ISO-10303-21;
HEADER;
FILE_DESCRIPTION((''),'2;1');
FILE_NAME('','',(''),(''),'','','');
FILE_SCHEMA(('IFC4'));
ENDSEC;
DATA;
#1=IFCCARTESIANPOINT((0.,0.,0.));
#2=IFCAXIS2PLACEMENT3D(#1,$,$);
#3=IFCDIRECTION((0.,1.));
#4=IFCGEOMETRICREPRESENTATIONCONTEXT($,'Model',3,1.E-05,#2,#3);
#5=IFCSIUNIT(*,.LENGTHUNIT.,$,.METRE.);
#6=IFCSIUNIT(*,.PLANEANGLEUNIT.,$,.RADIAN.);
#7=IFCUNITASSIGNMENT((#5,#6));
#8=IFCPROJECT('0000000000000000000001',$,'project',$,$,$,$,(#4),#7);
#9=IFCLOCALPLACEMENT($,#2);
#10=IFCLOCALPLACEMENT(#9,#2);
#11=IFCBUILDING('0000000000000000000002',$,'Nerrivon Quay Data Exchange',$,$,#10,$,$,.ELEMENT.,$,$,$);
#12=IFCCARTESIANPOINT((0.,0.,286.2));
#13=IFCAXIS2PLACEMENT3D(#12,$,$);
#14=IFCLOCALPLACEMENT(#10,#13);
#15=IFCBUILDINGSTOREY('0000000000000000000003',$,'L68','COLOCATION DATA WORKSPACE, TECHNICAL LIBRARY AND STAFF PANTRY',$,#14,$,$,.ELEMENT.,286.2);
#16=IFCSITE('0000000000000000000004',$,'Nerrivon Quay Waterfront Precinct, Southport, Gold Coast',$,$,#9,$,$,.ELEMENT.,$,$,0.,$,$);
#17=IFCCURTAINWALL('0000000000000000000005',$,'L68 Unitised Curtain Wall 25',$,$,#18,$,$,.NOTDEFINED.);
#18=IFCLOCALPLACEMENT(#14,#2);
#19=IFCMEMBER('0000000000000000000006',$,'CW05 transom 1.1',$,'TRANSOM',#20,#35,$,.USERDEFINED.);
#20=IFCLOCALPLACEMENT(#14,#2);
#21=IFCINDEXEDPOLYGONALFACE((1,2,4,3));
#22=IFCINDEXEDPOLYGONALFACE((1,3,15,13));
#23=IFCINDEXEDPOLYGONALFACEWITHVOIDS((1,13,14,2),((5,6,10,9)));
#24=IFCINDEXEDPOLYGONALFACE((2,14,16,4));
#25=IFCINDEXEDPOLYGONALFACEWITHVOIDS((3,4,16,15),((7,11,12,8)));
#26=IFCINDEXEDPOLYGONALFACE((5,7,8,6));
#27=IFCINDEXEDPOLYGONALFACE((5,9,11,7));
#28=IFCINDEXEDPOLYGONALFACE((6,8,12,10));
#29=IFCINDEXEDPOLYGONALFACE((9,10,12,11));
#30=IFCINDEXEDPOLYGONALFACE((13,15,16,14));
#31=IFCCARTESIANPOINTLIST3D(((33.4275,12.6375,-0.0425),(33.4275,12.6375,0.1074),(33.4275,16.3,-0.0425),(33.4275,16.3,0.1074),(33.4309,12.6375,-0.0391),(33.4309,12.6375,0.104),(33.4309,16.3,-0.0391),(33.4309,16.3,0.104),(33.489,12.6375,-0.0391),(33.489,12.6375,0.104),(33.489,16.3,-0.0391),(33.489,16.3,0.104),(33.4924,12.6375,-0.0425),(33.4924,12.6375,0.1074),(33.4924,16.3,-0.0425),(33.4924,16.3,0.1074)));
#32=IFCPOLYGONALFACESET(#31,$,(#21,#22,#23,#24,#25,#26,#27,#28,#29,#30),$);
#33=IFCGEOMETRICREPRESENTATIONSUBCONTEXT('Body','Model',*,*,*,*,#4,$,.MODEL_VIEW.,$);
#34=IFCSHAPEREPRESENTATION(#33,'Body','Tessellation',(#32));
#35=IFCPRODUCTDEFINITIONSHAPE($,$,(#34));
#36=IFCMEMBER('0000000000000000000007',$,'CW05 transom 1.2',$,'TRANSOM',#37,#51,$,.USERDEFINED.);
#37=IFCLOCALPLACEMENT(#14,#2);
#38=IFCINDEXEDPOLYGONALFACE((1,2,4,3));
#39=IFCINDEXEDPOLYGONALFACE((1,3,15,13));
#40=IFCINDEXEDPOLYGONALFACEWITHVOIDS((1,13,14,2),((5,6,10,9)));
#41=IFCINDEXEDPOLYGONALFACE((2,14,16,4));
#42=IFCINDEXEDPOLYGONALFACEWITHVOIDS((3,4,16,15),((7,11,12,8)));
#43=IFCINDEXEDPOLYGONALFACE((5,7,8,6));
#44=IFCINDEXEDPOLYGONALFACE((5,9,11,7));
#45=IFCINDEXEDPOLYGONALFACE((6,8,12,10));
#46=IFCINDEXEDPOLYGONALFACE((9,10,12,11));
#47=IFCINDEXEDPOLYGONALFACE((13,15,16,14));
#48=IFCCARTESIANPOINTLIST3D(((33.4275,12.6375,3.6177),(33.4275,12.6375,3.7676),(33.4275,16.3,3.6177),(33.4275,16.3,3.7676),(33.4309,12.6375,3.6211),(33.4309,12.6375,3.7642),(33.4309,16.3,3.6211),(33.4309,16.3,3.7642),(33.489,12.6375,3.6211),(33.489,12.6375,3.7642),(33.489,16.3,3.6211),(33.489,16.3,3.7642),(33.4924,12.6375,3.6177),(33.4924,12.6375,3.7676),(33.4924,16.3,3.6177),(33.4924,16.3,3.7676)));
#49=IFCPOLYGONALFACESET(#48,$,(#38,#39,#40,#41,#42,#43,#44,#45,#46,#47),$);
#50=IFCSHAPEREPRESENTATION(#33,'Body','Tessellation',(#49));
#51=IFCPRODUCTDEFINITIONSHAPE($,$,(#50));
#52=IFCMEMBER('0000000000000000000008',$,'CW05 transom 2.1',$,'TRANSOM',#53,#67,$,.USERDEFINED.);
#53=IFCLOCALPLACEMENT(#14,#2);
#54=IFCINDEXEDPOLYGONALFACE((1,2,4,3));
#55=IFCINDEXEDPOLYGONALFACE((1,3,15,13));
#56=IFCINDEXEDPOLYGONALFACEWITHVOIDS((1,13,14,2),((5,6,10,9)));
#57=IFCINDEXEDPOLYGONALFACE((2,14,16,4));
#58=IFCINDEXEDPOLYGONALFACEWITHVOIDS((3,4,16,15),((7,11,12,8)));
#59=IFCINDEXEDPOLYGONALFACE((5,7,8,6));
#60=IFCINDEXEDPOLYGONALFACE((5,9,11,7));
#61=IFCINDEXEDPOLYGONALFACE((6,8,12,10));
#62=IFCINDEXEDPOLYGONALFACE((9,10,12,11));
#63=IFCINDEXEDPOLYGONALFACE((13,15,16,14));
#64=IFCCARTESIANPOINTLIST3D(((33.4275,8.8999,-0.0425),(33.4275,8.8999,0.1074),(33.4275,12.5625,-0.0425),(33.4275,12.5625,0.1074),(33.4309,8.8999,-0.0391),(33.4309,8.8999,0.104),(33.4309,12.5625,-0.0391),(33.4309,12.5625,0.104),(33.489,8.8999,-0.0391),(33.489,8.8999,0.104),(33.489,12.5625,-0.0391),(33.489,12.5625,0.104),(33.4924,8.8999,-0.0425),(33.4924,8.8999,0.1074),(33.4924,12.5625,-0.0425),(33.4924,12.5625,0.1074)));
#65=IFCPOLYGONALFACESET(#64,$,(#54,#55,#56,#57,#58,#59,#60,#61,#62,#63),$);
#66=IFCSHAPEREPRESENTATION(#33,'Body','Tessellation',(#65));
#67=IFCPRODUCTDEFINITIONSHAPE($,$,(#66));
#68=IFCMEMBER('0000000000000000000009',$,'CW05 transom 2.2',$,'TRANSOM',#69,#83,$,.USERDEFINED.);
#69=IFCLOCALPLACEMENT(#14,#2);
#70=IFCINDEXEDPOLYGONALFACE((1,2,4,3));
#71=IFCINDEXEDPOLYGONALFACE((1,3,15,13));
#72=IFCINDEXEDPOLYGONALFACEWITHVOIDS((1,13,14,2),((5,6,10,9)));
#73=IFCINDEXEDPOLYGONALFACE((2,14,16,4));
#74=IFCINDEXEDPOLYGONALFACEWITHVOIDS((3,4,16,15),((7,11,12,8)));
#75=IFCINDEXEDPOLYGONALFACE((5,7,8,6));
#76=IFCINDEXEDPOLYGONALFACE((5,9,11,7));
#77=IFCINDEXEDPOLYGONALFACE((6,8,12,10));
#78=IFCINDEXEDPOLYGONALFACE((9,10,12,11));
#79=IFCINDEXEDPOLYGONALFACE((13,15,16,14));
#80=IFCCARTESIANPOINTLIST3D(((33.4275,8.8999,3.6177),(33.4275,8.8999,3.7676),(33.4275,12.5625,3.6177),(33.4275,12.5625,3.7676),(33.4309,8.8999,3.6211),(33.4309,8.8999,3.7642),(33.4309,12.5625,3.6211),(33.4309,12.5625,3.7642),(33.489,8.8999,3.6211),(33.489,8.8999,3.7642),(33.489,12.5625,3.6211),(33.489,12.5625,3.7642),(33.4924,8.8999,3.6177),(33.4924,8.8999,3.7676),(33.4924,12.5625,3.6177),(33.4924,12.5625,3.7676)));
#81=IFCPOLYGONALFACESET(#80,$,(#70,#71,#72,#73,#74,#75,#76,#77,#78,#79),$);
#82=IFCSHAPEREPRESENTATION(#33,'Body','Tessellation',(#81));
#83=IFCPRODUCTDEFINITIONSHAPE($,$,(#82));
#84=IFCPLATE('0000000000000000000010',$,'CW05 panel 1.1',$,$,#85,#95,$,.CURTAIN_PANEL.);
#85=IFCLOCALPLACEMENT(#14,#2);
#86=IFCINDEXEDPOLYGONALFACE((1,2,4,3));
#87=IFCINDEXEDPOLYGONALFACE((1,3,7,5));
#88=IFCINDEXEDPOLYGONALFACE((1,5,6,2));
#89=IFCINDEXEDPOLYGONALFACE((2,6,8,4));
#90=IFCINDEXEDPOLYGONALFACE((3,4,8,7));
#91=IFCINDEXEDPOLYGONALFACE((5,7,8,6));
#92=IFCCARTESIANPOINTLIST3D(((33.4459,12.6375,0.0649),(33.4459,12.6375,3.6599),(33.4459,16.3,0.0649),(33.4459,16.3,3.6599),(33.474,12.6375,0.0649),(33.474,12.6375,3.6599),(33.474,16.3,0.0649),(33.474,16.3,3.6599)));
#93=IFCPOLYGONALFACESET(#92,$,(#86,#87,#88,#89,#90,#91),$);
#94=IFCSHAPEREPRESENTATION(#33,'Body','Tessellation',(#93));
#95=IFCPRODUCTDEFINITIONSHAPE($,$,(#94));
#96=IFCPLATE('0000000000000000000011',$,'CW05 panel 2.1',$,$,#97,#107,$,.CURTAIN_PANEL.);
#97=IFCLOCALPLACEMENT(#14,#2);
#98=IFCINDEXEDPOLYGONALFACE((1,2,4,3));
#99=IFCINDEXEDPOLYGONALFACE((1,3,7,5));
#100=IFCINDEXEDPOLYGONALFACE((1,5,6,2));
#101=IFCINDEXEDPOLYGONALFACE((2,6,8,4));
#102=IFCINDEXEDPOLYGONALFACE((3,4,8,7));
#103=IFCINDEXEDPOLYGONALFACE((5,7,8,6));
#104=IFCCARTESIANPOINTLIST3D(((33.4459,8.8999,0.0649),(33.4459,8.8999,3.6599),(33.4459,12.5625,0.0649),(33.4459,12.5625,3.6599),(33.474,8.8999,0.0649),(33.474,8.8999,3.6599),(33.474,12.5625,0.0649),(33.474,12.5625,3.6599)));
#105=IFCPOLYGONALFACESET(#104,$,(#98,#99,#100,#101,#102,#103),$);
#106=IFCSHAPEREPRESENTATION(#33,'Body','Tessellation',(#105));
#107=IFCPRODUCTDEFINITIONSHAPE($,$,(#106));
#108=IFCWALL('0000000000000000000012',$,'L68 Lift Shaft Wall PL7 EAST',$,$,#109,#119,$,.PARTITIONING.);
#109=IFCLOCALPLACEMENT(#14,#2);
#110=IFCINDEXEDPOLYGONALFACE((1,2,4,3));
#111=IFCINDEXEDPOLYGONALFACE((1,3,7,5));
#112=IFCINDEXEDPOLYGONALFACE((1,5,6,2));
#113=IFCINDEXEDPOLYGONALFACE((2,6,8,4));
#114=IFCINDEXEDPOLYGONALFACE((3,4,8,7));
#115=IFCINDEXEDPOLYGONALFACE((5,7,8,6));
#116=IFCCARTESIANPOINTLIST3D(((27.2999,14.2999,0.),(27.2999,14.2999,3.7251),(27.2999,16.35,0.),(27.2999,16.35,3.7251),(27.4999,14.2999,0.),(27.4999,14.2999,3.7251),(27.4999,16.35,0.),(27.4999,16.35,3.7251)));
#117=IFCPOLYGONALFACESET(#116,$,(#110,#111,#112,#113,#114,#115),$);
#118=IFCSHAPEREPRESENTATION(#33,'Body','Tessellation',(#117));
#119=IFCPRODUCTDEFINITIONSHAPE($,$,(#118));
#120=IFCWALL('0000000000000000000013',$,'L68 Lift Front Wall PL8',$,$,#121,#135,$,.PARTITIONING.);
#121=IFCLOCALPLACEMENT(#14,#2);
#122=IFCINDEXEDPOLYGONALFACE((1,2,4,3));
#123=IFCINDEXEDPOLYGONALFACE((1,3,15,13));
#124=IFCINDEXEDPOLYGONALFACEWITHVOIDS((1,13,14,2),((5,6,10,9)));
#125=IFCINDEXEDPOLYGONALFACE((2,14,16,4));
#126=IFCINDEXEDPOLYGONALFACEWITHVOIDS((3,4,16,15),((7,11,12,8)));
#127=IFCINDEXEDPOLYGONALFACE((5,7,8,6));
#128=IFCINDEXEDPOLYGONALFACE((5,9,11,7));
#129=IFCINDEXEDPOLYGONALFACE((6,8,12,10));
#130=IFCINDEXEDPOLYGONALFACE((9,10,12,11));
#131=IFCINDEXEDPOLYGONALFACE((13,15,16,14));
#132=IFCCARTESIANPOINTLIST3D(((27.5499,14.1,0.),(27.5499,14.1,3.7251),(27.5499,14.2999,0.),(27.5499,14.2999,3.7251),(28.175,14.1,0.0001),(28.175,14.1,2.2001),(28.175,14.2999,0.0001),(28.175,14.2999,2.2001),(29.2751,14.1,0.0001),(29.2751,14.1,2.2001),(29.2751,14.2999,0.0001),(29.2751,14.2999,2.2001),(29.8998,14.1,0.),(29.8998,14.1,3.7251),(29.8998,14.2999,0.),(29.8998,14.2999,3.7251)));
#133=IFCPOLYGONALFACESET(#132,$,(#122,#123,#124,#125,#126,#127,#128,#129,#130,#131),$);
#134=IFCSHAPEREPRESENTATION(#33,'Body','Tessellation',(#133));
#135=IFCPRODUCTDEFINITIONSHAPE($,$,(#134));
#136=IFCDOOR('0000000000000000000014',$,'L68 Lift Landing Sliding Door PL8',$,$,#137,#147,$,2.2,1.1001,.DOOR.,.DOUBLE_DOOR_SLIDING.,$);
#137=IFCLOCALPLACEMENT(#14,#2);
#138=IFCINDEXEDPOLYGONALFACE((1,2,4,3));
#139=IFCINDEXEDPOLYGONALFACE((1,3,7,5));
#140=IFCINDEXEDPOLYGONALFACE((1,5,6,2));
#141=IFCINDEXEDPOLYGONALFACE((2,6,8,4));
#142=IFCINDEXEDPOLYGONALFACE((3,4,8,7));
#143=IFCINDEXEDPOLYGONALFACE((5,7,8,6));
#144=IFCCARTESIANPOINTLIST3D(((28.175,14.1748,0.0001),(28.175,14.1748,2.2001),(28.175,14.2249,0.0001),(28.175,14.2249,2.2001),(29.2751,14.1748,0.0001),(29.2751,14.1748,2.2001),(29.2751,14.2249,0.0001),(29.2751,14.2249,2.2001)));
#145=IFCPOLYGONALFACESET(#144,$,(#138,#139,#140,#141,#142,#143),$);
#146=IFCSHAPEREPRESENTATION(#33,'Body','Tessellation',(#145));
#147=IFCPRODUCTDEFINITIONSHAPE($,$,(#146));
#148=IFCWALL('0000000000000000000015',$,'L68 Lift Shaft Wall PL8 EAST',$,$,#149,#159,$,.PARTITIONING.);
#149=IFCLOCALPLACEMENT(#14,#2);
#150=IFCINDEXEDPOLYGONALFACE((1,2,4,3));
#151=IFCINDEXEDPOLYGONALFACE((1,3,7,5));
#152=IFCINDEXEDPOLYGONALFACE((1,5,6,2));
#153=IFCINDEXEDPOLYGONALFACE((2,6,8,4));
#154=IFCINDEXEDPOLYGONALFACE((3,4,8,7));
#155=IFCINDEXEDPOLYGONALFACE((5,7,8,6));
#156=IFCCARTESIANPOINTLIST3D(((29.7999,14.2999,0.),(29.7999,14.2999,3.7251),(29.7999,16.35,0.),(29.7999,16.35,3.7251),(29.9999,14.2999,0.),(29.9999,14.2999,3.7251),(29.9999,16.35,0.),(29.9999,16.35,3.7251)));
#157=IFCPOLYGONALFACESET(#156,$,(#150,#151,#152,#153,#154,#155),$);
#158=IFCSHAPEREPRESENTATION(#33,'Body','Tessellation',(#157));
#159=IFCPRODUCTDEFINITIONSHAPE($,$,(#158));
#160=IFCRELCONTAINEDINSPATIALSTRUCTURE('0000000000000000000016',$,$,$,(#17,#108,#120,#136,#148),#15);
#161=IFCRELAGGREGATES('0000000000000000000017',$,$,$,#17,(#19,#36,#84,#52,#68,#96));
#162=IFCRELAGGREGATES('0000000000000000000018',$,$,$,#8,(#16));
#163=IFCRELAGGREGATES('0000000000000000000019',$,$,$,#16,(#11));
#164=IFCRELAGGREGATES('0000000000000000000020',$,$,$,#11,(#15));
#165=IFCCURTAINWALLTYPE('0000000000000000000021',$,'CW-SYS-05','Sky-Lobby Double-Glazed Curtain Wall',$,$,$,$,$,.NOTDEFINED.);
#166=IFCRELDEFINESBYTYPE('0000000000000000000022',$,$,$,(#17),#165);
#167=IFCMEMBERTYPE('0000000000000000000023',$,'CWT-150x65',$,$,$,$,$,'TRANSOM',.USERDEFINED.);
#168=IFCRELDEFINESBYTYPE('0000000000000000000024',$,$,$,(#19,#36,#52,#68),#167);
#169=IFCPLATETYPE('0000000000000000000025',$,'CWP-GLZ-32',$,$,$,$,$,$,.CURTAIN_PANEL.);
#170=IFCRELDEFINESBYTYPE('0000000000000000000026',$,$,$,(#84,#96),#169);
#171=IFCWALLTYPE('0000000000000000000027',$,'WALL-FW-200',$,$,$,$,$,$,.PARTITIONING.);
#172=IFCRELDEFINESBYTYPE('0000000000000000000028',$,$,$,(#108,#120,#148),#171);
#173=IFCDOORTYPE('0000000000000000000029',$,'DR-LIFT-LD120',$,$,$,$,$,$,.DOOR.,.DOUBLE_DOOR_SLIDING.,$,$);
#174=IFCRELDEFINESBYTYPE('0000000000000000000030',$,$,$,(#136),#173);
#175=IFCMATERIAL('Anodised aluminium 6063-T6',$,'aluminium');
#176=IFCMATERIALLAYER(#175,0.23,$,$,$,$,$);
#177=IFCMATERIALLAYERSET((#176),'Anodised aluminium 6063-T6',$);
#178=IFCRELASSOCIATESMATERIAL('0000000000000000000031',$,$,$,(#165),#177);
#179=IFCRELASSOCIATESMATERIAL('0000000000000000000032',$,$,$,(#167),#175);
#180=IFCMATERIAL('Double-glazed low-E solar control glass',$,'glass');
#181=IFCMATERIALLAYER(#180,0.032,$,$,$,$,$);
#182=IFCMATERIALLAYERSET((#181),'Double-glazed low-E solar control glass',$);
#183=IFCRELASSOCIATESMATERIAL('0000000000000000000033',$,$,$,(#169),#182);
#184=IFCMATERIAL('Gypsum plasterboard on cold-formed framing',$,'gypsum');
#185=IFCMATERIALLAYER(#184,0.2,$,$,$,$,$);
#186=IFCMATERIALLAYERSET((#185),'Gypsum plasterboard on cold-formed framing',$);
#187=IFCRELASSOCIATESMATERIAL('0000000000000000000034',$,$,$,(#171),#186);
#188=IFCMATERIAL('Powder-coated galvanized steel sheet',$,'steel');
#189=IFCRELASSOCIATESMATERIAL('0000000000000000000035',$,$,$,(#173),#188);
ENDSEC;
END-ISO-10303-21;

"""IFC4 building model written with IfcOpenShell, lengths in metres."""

from ifc_helpers import new_model, si_unit, direction, frame, frame_2d, origin, origin_2d, place, context, subcontext, project, spatial, rectangle, hollow_rectangle, extrude, material, layer, layer_set, material_profile, profile_set, type_object, element, fill, aggregate, save


model = new_model("IFC4")

# Units and contexts
model_context = context("Model", 3, precision=1e-05, world=origin(), true_north=direction((0.0, 1.0)))
body_context = subcontext(model_context, "Body", "Model", "MODEL_VIEW")
ifc_project = project(units=[si_unit("LENGTHUNIT", "METRE"), si_unit("PLANEANGLEUNIT", "RADIAN")], contexts=[model_context])

# Site, building, storey
site_placement = place(None, origin())
site = spatial("IfcSite", under=ifc_project, at=site_placement, Name="Nerrivon Quay Waterfront Precinct, Southport, Gold Coast", CompositionType="ELEMENT", RefElevation=0.0)
building_placement = place(site_placement, origin())
building = spatial("IfcBuilding", under=site, at=building_placement, Name="Nerrivon Quay Data Exchange", CompositionType="ELEMENT")
storey_placement = place(building_placement, frame((0.0, 0.0, 286.2)))
storey = spatial("IfcBuildingStorey", under=building, at=storey_placement, Name="L68", Description="COLOCATION DATA WORKSPACE, TECHNICAL LIBRARY AND STAFF PANTRY", CompositionType="ELEMENT", Elevation=286.2)

# Curtain wall, members, plates
ifc_material_1 = material(Name="Anodised aluminium 6063-T6", Category="aluminium")
ifc_layer_1 = layer(ifc_material_1, 0.23)
ifc_layer_set_1 = layer_set([ifc_layer_1], Name="Anodised aluminium 6063-T6")
curtain_wall_type = type_object("IfcCurtainWallType", Name="CW-SYS-05", Description="Sky-Lobby Double-Glazed Curtain Wall", PredefinedType="NOTDEFINED", material=ifc_layer_set_1)
curtain_wall_placement = place(storey_placement, origin())
curtain_wall = element("IfcCurtainWall", 1, at=curtain_wall_placement, inside=storey, type_object=curtain_wall_type, Name="L68 Unitised Curtain Wall 25", PredefinedType="NOTDEFINED")
ifc_material_profile_1 = material_profile(ifc_material_1, hollow_rectangle(XDim=0.0649, YDim=0.1499, WallThickness=0.0034, at=origin_2d()), Name="ALU-TRAN-150x65")
ifc_profile_set_1 = profile_set([ifc_material_profile_1], Name="Anodised aluminium 6063-T6")
member_type_1 = type_object("IfcMemberType", Name="CWT-150x65", ElementType="TRANSOM", PredefinedType="USERDEFINED", material=ifc_profile_set_1)
member_1_placement = place(storey_placement, frame((33.46, 16.3, 0.0325), z_axis=(0.0, -1.0, 0.0), x_axis=(1.0, 0.0, 0.0)))
member_1 = element("IfcMember", 2, at=member_1_placement, type_object=member_type_1, Name="CW05 transom 1.1", ObjectType="TRANSOM", PredefinedType="USERDEFINED", context=body_context, shape_type="SweptSolid", body=[
    extrude(hollow_rectangle(XDim=0.0649, YDim=0.1499, WallThickness=0.0034, at=origin_2d()), origin(), (0.0, 0.0, 1.0), 3.6626),
])
member_2_placement = place(storey_placement, frame((33.46, 16.3, 3.6926), z_axis=(0.0, -1.0, 0.0), x_axis=(1.0, 0.0, 0.0)))
member_2 = element("IfcMember", 3, at=member_2_placement, type_object=member_type_1, Name="CW05 transom 1.2", ObjectType="TRANSOM", PredefinedType="USERDEFINED", context=body_context, shape_type="SweptSolid", body=[
    extrude(hollow_rectangle(XDim=0.0649, YDim=0.1499, WallThickness=0.0034, at=origin_2d()), origin(), (0.0, 0.0, 1.0), 3.6626),
])
member_3_placement = place(storey_placement, frame((33.46, 12.5625, 0.0325), z_axis=(0.0, -1.0, 0.0), x_axis=(1.0, 0.0, 0.0)))
member_3 = element("IfcMember", 4, at=member_3_placement, type_object=member_type_1, Name="CW05 transom 2.1", ObjectType="TRANSOM", PredefinedType="USERDEFINED", context=body_context, shape_type="SweptSolid", body=[
    extrude(hollow_rectangle(XDim=0.0649, YDim=0.1499, WallThickness=0.0034, at=origin_2d()), origin(), (0.0, 0.0, 1.0), 3.6626),
])
member_4_placement = place(storey_placement, frame((33.46, 12.5625, 3.6926), z_axis=(0.0, -1.0, 0.0), x_axis=(1.0, 0.0, 0.0)))
member_4 = element("IfcMember", 5, at=member_4_placement, type_object=member_type_1, Name="CW05 transom 2.2", ObjectType="TRANSOM", PredefinedType="USERDEFINED", context=body_context, shape_type="SweptSolid", body=[
    extrude(hollow_rectangle(XDim=0.0649, YDim=0.1499, WallThickness=0.0034, at=origin_2d()), origin(), (0.0, 0.0, 1.0), 3.6626),
])
ifc_material_2 = material(Name="Double-glazed low-E solar control glass", Category="glass")
ifc_layer_2 = layer(ifc_material_2, 0.032)
ifc_layer_set_2 = layer_set([ifc_layer_2], Name="Double-glazed low-E solar control glass")
plate_type = type_object("IfcPlateType", Name="CWP-GLZ-32", PredefinedType="CURTAIN_PANEL", material=ifc_layer_set_2)
plate_1_placement = place(storey_placement, frame((33.46, 14.4688, 0.0649), z_axis=(0.0, 0.0, 1.0), x_axis=(0.0, -1.0, 0.0)))
plate_1 = element("IfcPlate", 6, at=plate_1_placement, type_object=plate_type, Name="CW05 panel 1.1", PredefinedType="CURTAIN_PANEL", context=body_context, shape_type="SweptSolid", body=[
    extrude(rectangle(XDim=3.6626, YDim=0.0281, at=origin_2d()), origin(), (0.0, 0.0, 1.0), 3.595),
])
plate_2_placement = place(storey_placement, frame((33.46, 10.7312, 0.0649), z_axis=(0.0, 0.0, 1.0), x_axis=(0.0, -1.0, 0.0)))
plate_2 = element("IfcPlate", 7, at=plate_2_placement, type_object=plate_type, Name="CW05 panel 2.1", PredefinedType="CURTAIN_PANEL", context=body_context, shape_type="SweptSolid", body=[
    extrude(rectangle(XDim=3.6626, YDim=0.0281, at=origin_2d()), origin(), (0.0, 0.0, 1.0), 3.595),
])
aggregate(curtain_wall, [member_1, member_2, plate_1, member_3, member_4, plate_2])

# Wall
ifc_material_3 = material(Name="Gypsum plasterboard on cold-formed framing", Category="gypsum")
ifc_layer_3 = layer(ifc_material_3, 0.2)
ifc_layer_set_3 = layer_set([ifc_layer_3], Name="Gypsum plasterboard on cold-formed framing")
wall_type_1 = type_object("IfcWallType", Name="WALL-FW-200", PredefinedType="PARTITIONING", material=ifc_layer_set_3)
wall_1_placement = place(storey_placement, frame((27.3999, 14.3, 0.0), z_axis=(0.0, 0.0, 1.0), x_axis=(0.0, 1.0, 0.0)))
element("IfcWall", 8, at=wall_1_placement, inside=storey, type_object=wall_type_1, Name="L68 Lift Shaft Wall PL7 EAST", PredefinedType="PARTITIONING", context=body_context, shape_type="SweptSolid", body=[
    extrude(rectangle(XDim=2.05, YDim=0.2, at=frame_2d((1.0249, 0.0))), origin(), (0.0, 0.0, 1.0), 3.7251),
])

# Wall, opening, door
wall_2_placement = place(storey_placement, frame((27.55, 14.2, 0.0), z_axis=(0.0, 0.0, 1.0), x_axis=(1.0, 0.0, 0.0)))
wall_2 = element("IfcWall", 9, at=wall_2_placement, inside=storey, type_object=wall_type_1, Name="L68 Lift Front Wall PL8", PredefinedType="PARTITIONING", context=body_context, shape_type="SweptSolid", body=[
    extrude(rectangle(XDim=2.3499, YDim=0.2, at=frame_2d((1.1748, 0.0))), origin(), (0.0, 0.0, 1.0), 3.7251),
])
opening_1_placement = place(wall_2_placement, frame((0.625, 0.0, 0.0)))
opening_1 = element("IfcOpeningElement", 10, at=opening_1_placement, cuts=wall_2, PredefinedType="OPENING", context=body_context, shape_type="SweptSolid", body=[
    extrude(rectangle(XDim=1.1001, YDim=2.2, at=frame_2d((0.55, 1.1001))), frame((0.0, 0.1099, 0.0), z_axis=(0.0, -1.0, 0.0), x_axis=(1.0, 0.0, 0.0)), (0.0, 0.0, 1.0), 0.22),
])
ifc_material_4 = material(Name="Powder-coated galvanized steel sheet", Category="steel")
door_type_1 = type_object("IfcDoorType", Name="DR-LIFT-LD120", OperationType="DOUBLE_DOOR_SLIDING", PredefinedType="DOOR", material=ifc_material_4)
door_1_placement = place(opening_1_placement, origin())
door_1 = element("IfcDoor", 11, at=door_1_placement, inside=storey, type_object=door_type_1, Name="L68 Lift Landing Sliding Door PL8", OperationType="DOUBLE_DOOR_SLIDING", OverallHeight=2.2, OverallWidth=1.1001, PredefinedType="DOOR", context=body_context, shape_type="SweptSolid", body=[
    extrude(rectangle(XDim=1.1001, YDim=2.2, at=frame_2d((0.55, 1.1001))), frame((0.0, 0.0249, 0.0), z_axis=(0.0, -1.0, 0.0), x_axis=(1.0, 0.0, 0.0)), (0.0, 0.0, 1.0), 0.05),
])
fill(opening_1, door_1)

# Wall
wall_3_placement = place(storey_placement, frame((29.8999, 14.3, 0.0), z_axis=(0.0, 0.0, 1.0), x_axis=(0.0, 1.0, 0.0)))
element("IfcWall", 12, at=wall_3_placement, inside=storey, type_object=wall_type_1, Name="L68 Lift Shaft Wall PL8 EAST", PredefinedType="PARTITIONING", context=body_context, shape_type="SweptSolid", body=[
    extrude(rectangle(XDim=2.05, YDim=0.2, at=frame_2d((1.0249, 0.0))), origin(), (0.0, 0.0, 1.0), 3.7251),
])

save(model, "model.ifc")
